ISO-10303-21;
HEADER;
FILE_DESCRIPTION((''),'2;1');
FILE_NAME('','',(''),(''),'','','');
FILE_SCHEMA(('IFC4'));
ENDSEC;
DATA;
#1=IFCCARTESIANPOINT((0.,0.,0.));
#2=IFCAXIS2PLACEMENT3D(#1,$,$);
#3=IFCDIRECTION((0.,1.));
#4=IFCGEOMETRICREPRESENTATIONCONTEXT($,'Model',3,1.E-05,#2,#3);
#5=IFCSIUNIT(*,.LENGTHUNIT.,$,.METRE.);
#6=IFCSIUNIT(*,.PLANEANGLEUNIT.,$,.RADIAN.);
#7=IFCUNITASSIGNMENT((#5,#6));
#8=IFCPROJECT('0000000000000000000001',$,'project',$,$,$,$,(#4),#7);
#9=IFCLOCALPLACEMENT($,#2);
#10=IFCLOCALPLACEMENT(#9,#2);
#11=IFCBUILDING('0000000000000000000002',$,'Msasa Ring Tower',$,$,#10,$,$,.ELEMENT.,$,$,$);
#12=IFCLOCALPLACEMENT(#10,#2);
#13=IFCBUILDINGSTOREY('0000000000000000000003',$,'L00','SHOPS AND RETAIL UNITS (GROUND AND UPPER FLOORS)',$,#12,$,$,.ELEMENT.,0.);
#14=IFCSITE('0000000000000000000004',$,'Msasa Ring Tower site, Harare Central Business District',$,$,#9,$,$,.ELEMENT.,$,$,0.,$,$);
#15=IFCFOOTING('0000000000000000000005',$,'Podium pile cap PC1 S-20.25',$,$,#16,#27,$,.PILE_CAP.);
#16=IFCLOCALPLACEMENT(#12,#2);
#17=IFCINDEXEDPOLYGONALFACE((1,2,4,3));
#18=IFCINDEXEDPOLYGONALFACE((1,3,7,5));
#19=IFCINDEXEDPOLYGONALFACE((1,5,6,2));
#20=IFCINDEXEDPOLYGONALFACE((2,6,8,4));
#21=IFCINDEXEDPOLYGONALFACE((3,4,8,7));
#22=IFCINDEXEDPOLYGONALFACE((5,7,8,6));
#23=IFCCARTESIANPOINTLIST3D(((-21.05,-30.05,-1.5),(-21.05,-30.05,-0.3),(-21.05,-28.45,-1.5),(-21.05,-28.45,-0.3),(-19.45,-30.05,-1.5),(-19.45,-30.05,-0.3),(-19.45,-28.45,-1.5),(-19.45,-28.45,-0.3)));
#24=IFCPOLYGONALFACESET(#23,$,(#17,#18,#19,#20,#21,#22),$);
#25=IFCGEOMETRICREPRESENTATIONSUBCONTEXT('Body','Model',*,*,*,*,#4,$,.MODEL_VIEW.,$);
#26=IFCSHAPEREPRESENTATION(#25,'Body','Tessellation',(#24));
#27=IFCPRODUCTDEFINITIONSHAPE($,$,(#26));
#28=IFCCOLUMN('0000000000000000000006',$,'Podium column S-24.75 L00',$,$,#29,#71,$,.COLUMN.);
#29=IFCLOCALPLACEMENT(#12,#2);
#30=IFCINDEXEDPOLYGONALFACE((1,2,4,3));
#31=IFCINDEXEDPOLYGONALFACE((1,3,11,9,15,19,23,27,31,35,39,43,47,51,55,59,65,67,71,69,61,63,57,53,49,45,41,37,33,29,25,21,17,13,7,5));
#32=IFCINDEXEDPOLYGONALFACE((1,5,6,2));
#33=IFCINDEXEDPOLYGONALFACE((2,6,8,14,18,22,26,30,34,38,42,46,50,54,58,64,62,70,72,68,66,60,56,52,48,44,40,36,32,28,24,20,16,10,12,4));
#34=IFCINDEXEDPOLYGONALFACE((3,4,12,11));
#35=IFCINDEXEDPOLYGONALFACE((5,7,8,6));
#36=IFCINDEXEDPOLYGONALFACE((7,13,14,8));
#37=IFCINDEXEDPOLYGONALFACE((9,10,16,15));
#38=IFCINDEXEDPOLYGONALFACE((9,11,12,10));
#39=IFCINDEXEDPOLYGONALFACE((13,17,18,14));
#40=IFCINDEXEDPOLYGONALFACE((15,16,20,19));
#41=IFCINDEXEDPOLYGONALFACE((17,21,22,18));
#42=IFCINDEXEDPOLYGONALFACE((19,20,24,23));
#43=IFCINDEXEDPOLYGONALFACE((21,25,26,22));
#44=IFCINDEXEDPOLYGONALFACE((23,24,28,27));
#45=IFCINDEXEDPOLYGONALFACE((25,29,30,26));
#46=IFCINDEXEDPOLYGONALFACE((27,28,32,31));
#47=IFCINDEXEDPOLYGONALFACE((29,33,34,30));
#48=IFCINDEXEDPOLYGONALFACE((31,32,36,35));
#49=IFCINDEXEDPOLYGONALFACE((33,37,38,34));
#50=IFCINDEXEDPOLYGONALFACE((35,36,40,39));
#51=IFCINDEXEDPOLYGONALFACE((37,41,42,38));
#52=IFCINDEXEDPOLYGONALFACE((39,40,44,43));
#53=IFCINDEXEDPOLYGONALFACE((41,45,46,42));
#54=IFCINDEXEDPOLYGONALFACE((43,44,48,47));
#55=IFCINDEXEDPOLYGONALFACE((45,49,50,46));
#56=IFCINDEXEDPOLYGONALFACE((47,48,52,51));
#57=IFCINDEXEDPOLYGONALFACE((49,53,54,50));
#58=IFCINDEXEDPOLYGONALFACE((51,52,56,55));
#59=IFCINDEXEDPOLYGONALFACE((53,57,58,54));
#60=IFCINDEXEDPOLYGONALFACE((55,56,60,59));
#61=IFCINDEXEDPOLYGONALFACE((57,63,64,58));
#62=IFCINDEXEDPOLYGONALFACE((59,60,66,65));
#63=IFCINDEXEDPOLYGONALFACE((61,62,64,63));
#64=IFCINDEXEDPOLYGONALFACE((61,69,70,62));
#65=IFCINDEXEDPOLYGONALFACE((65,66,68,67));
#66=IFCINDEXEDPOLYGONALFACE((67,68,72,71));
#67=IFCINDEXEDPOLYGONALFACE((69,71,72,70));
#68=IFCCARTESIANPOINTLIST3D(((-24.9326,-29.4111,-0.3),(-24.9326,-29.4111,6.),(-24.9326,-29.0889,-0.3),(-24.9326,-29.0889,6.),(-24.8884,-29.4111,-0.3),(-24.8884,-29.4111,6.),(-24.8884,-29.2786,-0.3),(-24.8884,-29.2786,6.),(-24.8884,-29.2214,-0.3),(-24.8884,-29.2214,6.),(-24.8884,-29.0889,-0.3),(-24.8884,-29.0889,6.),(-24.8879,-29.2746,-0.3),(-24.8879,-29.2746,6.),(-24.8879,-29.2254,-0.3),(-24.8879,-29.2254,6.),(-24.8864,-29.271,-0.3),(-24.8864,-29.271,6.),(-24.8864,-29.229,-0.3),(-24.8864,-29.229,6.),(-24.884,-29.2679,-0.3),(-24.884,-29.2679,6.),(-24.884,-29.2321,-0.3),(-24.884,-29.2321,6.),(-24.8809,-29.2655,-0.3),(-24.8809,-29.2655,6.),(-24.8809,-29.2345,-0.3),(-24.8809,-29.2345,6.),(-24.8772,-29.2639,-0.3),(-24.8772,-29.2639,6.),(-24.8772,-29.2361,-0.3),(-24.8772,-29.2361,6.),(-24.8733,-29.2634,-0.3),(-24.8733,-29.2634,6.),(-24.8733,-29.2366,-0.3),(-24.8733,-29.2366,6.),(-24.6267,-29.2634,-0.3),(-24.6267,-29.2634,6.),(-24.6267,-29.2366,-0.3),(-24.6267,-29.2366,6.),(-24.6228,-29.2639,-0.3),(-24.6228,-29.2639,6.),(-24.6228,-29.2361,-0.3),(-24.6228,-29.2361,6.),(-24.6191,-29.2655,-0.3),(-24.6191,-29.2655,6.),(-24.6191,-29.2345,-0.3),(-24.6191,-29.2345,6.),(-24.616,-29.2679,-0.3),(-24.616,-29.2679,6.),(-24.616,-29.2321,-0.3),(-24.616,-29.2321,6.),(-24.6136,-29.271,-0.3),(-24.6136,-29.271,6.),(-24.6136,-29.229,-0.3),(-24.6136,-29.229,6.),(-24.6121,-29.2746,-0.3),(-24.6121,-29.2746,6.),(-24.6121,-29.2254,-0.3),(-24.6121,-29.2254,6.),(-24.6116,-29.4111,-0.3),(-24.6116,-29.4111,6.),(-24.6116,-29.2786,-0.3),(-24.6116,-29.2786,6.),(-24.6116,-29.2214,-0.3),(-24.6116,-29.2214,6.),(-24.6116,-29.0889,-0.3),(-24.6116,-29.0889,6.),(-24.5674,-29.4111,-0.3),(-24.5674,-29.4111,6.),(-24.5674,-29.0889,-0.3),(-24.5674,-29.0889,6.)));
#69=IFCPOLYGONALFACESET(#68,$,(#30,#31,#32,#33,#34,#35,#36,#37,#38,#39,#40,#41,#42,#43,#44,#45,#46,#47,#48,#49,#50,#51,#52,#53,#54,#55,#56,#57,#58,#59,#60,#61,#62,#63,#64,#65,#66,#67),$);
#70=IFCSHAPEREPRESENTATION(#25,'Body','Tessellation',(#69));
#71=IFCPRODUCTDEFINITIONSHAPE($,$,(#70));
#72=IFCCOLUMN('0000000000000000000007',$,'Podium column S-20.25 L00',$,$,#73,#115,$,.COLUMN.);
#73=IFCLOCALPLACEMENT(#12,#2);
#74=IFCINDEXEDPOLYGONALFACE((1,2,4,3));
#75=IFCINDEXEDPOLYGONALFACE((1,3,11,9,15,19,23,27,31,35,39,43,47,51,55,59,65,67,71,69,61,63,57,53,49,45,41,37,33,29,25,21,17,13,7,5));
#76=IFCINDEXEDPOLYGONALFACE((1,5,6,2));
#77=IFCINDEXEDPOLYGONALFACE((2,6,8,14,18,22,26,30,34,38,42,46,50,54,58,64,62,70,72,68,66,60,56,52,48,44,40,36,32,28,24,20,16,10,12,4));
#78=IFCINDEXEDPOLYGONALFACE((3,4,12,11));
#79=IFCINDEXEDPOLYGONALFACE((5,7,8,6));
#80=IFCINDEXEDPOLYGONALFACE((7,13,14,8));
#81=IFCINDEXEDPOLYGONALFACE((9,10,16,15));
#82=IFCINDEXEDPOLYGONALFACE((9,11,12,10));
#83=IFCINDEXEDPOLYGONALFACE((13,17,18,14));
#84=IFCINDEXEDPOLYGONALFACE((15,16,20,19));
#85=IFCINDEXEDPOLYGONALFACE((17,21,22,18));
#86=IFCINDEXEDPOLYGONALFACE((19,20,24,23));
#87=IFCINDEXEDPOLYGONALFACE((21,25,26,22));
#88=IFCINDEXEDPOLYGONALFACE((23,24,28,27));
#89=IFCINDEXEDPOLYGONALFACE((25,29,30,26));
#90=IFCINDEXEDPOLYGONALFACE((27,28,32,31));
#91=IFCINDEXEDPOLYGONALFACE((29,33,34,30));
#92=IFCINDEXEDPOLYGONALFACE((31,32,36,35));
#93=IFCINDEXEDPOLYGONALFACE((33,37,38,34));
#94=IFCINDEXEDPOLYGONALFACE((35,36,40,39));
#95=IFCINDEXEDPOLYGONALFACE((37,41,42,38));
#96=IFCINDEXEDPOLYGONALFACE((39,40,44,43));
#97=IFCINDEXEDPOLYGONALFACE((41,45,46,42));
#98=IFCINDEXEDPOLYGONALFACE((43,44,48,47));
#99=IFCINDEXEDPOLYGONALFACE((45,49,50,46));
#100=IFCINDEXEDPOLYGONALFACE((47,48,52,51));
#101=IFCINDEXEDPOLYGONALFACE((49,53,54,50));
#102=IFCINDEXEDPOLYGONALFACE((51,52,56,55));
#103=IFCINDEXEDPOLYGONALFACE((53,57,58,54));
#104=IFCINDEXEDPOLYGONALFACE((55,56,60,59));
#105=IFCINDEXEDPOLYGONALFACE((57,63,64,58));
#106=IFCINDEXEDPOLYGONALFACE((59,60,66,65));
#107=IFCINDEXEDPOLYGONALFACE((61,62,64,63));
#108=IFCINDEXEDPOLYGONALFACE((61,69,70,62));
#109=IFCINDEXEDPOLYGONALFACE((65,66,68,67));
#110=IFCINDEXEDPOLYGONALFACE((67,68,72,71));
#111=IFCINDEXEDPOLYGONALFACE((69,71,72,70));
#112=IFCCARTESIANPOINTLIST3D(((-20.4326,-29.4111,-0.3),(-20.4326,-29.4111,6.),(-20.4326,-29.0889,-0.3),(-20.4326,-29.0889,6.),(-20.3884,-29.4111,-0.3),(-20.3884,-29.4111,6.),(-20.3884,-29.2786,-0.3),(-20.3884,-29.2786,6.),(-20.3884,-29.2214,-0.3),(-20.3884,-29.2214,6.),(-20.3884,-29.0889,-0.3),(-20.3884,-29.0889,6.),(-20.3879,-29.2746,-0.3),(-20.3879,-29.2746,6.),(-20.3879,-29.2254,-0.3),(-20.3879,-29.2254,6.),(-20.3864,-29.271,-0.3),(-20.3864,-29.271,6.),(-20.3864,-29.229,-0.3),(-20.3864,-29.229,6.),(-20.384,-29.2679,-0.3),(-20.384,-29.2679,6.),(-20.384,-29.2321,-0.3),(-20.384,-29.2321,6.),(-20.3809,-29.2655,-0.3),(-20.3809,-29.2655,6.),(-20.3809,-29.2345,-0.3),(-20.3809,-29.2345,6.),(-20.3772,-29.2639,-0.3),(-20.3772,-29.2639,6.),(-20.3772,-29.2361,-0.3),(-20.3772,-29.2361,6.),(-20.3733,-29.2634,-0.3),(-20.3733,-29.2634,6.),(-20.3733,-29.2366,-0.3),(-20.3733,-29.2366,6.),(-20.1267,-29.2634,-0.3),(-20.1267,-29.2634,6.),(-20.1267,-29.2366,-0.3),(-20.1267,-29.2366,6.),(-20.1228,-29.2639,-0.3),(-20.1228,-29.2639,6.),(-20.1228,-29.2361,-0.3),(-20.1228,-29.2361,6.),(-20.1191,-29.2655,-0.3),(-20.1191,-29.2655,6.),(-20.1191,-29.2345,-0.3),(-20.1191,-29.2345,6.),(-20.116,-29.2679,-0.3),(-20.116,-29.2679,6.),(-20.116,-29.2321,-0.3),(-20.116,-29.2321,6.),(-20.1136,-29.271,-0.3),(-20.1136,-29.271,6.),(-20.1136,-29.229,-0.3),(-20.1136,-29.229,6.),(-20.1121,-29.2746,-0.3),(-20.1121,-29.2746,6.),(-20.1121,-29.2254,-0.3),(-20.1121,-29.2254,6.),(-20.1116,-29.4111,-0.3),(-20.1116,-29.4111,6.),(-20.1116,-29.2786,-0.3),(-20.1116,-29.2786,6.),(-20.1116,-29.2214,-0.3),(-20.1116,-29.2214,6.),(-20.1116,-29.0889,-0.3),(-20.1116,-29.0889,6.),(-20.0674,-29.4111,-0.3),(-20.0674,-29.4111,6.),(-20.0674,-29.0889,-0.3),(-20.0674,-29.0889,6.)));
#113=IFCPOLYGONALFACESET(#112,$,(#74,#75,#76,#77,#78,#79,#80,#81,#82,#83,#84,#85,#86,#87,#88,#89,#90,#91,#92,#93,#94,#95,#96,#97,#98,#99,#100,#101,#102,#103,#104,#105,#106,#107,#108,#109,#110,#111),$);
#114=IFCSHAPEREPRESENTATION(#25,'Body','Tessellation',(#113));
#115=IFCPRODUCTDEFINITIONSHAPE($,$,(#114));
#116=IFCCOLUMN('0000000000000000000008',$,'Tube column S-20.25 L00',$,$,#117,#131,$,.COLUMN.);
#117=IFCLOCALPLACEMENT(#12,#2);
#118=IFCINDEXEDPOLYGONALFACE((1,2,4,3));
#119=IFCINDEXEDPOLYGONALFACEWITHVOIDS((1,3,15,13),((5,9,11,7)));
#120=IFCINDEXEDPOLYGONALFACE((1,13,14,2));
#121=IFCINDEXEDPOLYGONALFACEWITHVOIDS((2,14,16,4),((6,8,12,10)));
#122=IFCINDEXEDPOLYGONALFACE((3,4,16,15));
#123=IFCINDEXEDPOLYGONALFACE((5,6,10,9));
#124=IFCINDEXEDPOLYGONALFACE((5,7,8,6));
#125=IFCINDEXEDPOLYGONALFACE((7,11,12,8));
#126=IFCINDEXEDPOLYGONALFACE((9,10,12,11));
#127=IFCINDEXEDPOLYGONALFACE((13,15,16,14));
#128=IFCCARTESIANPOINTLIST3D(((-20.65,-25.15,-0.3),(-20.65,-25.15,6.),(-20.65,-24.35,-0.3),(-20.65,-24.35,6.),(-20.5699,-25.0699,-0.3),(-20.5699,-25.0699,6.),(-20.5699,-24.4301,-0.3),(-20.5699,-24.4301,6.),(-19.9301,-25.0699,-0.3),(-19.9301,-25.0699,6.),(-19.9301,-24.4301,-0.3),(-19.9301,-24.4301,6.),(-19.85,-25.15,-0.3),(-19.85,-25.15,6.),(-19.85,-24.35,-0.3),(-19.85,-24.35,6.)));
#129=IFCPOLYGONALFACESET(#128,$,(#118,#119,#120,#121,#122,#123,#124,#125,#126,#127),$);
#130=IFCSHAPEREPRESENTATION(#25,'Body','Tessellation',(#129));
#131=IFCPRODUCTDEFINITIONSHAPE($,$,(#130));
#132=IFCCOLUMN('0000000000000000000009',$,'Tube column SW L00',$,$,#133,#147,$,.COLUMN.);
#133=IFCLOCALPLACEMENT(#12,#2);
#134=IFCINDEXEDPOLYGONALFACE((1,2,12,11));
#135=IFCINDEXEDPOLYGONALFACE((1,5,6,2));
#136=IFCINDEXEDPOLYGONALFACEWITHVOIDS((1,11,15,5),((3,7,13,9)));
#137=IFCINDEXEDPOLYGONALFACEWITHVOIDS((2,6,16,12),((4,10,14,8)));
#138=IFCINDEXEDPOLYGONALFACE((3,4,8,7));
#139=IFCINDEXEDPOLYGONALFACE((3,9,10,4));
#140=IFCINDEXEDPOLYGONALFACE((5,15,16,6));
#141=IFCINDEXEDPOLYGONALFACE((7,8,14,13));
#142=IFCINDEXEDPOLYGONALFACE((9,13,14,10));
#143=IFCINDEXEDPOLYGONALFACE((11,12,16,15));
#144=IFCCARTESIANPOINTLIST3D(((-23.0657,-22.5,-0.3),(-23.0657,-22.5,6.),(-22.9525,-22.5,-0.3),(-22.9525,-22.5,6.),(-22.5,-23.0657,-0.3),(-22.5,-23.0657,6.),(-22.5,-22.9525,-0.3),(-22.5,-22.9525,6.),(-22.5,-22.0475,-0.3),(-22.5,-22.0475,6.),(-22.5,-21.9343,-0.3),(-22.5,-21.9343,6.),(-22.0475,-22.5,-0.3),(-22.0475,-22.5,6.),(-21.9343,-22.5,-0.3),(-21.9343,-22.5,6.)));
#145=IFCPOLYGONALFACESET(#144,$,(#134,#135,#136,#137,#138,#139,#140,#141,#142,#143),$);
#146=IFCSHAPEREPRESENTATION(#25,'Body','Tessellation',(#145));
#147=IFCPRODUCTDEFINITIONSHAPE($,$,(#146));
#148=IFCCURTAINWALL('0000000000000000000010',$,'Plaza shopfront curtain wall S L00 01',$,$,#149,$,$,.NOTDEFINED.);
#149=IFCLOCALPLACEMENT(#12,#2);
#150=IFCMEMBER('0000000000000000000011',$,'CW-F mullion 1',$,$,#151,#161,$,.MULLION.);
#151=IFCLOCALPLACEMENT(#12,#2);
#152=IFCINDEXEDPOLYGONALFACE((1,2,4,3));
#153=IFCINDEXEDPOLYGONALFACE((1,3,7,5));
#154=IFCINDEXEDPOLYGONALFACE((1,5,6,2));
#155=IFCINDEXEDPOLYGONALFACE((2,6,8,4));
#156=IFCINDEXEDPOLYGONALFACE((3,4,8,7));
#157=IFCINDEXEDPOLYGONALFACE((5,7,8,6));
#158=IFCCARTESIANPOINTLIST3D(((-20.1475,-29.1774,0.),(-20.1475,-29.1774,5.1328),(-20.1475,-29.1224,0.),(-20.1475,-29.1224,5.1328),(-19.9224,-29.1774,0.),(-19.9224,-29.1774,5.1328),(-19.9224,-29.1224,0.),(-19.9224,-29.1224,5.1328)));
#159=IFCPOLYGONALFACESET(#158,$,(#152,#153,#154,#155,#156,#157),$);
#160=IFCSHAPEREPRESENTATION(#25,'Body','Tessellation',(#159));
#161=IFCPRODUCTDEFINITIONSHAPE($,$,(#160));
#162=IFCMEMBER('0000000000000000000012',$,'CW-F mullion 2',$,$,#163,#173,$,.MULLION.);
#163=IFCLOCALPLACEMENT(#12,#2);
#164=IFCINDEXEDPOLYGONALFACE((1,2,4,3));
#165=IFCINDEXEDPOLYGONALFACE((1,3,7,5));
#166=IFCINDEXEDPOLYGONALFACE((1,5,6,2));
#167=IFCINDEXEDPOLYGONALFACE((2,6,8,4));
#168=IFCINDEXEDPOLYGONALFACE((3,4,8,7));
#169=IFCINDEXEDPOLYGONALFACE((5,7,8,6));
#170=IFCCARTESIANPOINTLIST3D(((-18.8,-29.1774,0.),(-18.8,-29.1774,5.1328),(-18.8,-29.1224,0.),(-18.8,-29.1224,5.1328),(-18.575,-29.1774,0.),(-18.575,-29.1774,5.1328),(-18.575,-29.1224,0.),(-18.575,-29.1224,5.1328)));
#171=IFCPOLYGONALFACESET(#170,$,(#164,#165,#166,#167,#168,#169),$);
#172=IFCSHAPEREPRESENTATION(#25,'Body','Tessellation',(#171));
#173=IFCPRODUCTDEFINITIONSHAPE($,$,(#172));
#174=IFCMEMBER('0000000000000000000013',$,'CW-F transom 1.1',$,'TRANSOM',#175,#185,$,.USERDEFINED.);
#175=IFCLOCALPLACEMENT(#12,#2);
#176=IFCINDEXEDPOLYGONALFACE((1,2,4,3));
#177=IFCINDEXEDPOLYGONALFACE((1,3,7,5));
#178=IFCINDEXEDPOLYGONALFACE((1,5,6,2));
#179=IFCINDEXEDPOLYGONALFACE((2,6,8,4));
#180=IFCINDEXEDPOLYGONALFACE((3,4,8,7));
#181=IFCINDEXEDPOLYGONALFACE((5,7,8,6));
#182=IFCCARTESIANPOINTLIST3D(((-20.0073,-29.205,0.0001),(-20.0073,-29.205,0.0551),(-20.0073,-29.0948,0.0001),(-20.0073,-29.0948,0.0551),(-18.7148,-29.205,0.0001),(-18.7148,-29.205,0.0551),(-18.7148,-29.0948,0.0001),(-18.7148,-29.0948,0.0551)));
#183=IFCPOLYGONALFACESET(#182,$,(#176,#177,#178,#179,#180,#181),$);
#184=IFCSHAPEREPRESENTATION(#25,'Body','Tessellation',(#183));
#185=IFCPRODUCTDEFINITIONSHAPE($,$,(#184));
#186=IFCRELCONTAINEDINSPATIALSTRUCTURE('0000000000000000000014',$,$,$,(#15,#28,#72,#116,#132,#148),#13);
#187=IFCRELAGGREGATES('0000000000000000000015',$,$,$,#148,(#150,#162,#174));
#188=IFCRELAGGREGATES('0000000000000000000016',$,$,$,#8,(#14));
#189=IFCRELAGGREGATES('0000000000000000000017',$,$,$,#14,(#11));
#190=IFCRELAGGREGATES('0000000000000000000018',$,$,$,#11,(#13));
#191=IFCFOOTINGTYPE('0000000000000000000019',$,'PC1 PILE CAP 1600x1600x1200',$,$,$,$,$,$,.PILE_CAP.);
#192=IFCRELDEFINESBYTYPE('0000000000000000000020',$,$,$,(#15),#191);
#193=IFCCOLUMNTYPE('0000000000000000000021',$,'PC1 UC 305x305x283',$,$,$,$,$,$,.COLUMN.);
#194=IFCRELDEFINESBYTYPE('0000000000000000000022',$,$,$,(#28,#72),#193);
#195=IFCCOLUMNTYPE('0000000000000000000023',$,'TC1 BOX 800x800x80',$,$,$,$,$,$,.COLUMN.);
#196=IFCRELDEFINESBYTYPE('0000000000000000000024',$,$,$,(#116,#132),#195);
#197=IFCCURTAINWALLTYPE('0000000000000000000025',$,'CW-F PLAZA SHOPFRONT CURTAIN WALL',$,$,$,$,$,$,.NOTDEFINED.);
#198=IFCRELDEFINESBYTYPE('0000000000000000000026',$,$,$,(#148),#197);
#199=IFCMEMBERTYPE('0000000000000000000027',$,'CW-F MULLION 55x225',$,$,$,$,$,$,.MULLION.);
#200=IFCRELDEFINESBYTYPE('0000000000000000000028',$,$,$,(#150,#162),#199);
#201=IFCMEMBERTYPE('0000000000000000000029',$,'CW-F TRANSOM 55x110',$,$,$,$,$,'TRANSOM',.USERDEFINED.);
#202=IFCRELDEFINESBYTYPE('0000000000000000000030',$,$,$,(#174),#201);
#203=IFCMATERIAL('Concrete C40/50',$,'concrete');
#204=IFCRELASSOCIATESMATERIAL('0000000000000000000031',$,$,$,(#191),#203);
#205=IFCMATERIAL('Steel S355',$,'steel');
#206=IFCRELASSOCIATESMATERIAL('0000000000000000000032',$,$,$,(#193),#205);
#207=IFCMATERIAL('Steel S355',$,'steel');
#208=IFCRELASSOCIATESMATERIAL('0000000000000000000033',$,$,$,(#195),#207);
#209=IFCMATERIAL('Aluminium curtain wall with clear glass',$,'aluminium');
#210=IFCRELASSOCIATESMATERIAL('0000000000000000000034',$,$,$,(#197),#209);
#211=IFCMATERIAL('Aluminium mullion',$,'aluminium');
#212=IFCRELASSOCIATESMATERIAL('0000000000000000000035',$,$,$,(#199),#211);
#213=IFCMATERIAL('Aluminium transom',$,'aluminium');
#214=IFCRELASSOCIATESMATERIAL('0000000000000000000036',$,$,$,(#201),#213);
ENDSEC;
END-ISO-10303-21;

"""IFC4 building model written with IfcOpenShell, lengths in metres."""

from ifc_helpers import new_model, si_unit, direction, frame, origin, origin_2d, place, context, subcontext, project, spatial, rectangle, hollow_rectangle, i_section, extrude, material, material_profile, profile_set, type_object, element, aggregate, save


model = new_model("IFC4")

# Units and contexts
model_context = context("Model", 3, precision=1e-05, world=origin(), true_north=direction((0.0, 1.0)))
body_context = subcontext(model_context, "Body", "Model", "MODEL_VIEW")
ifc_project = project(units=[si_unit("LENGTHUNIT", "METRE"), si_unit("PLANEANGLEUNIT", "RADIAN")], contexts=[model_context])

# Site, building, storey
site_placement = place(None, origin())
site = spatial("IfcSite", under=ifc_project, at=site_placement, Name="Msasa Ring Tower site, Harare Central Business District", CompositionType="ELEMENT", RefElevation=0.0)
building_placement = place(site_placement, origin())
building = spatial("IfcBuilding", under=site, at=building_placement, Name="Msasa Ring Tower", CompositionType="ELEMENT")
storey_placement = place(building_placement, origin())
storey = spatial("IfcBuildingStorey", under=building, at=storey_placement, Name="L00", Description="SHOPS AND RETAIL UNITS (GROUND AND UPPER FLOORS)", CompositionType="ELEMENT", Elevation=0.0)

# Footing
ifc_material_1 = material(Name="Concrete C40/50", Category="concrete")
footing_type = type_object("IfcFootingType", Name="PC1 PILE CAP 1600x1600x1200", PredefinedType="PILE_CAP", material=ifc_material_1)
for number, where, z_axis, x_axis, name in (
    (1, (-20.25, -29.25, -1.5), (0.0, 0.0, 1.0), (1.0, 0.0, 0.0), "Podium pile cap PC1 S-20.25"),
):
    element("IfcFooting", number, at=place(storey_placement, frame(where, z_axis=z_axis, x_axis=x_axis)), inside=storey, type_object=footing_type, Name=name, PredefinedType="PILE_CAP", context=body_context, shape_type="SweptSolid", body=[
        extrude(rectangle(XDim=1.6001, YDim=1.6001, at=origin_2d()), origin(), (0.0, 0.0, 1.0), 1.2),
    ])

# Columns
ifc_material_2 = material(Name="Steel S355", Category="steel")
ifc_material_profile_1 = material_profile(ifc_material_2, i_section(OverallWidth=0.3223, OverallDepth=0.3652, WebThickness=0.0269, FlangeThickness=0.0442, FilletRadius=0.0151, at=origin_2d()), Name="UC 305x305x283")
ifc_profile_set_1 = profile_set([ifc_material_profile_1], Name="Steel S355")
column_type_1 = type_object("IfcColumnType", Name="PC1 UC 305x305x283", PredefinedType="COLUMN", material=ifc_profile_set_1)
for number, where, z_axis, x_axis, name in (
    (2, (-24.75, -29.25, -0.3), (0.0, 0.0, 1.0), (0.0, 1.0, 0.0), "Podium column S-24.75 L00"),
    (3, (-20.25, -29.25, -0.3), (0.0, 0.0, 1.0), (0.0, 1.0, 0.0), "Podium column S-20.25 L00"),
):
    element("IfcColumn", number, at=place(storey_placement, frame(where, z_axis=z_axis, x_axis=x_axis)), inside=storey, type_object=column_type_1, Name=name, PredefinedType="COLUMN", context=body_context, shape_type="SweptSolid", body=[
        extrude(i_section(OverallWidth=0.3223, OverallDepth=0.3652, WebThickness=0.0269, FlangeThickness=0.0442, FilletRadius=0.0151, at=origin_2d()), origin(), (0.0, 0.0, 1.0), 6.3),
    ])
ifc_material_3 = material(Name="Steel S355", Category="steel")
ifc_material_profile_2 = material_profile(ifc_material_3, hollow_rectangle(XDim=0.8, YDim=0.8, WallThickness=0.0801, at=origin_2d()), Name="BOX 800x800x80")
ifc_profile_set_2 = profile_set([ifc_material_profile_2], Name="Steel S355")
column_type_2 = type_object("IfcColumnType", Name="TC1 BOX 800x800x80", PredefinedType="COLUMN", material=ifc_profile_set_2)
for number, where, z_axis, x_axis, name in (
    (4, (-20.25, -24.75, -0.3), (0.0, 0.0, 1.0), (0.0, 1.0, 0.0), "Tube column S-20.25 L00"),
    (5, (-22.5, -22.5, -0.3), (0.0, 0.0, 1.0), (0.707107, 0.707107, 0.0), "Tube column SW L00"),
):
    element("IfcColumn", number, at=place(storey_placement, frame(where, z_axis=z_axis, x_axis=x_axis)), inside=storey, type_object=column_type_2, Name=name, PredefinedType="COLUMN", context=body_context, shape_type="SweptSolid", body=[
        extrude(hollow_rectangle(XDim=0.8, YDim=0.8, WallThickness=0.0801, at=origin_2d()), origin(), (0.0, 0.0, 1.0), 6.3),
    ])

# Curtain wall, members
ifc_material_4 = material(Name="Aluminium curtain wall with clear glass", Category="aluminium")
curtain_wall_type_1 = type_object("IfcCurtainWallType", Name="CW-F PLAZA SHOPFRONT CURTAIN WALL", PredefinedType="NOTDEFINED", material=ifc_material_4)
curtain_wall_1_placement = place(storey_placement, origin())
curtain_wall_1 = element("IfcCurtainWall", 6, at=curtain_wall_1_placement, inside=storey, type_object=curtain_wall_type_1, Name="Plaza shopfront curtain wall S L00 01", PredefinedType="NOTDEFINED")
ifc_material_5 = material(Name="Aluminium mullion", Category="aluminium")
ifc_material_profile_3 = material_profile(ifc_material_5, rectangle(XDim=0.0549, YDim=0.2251, at=origin_2d()), Name="AL 55x225")
ifc_profile_set_3 = profile_set([ifc_material_profile_3], Name="Aluminium mullion")
member_type_1 = type_object("IfcMemberType", Name="CW-F MULLION 55x225", PredefinedType="MULLION", material=ifc_profile_set_3)
member_1_placement = place(storey_placement, frame((-20.0349, -29.1499, 0.0), z_axis=(0.0, 0.0, 1.0), x_axis=(0.0, 1.0, 0.0)))
member_1 = element("IfcMember", 7, at=member_1_placement, type_object=member_type_1, Name="CW-F mullion 1", PredefinedType="MULLION", context=body_context, shape_type="SweptSolid", body=[
    extrude(rectangle(XDim=0.0549, YDim=0.2251, at=origin_2d()), origin(), (0.0, 0.0, 1.0), 5.1328),
])
member_2_placement = place(storey_placement, frame((-18.6875, -29.1499, 0.0), z_axis=(0.0, 0.0, 1.0), x_axis=(0.0, 1.0, 0.0)))
member_2 = element("IfcMember", 8, at=member_2_placement, type_object=member_type_1, Name="CW-F mullion 2", PredefinedType="MULLION", context=body_context, shape_type="SweptSolid", body=[
    extrude(rectangle(XDim=0.0549, YDim=0.2251, at=origin_2d()), origin(), (0.0, 0.0, 1.0), 5.1328),
])
ifc_material_6 = material(Name="Aluminium transom", Category="aluminium")
ifc_material_profile_4 = material_profile(ifc_material_6, rectangle(XDim=0.1101, YDim=0.0549, at=origin_2d()), Name="AL 55x110")
ifc_profile_set_4 = profile_set([ifc_material_profile_4], Name="Aluminium transom")
member_type_2 = type_object("IfcMemberType", Name="CW-F TRANSOM 55x110", ElementType="TRANSOM", PredefinedType="USERDEFINED", material=ifc_profile_set_4)
member_3_placement = place(storey_placement, frame((-20.0073, -29.1499, 0.0276), z_axis=(1.0, 0.0, 0.0), x_axis=(0.0, 1.0, 0.0)))
member_3 = element("IfcMember", 9, at=member_3_placement, type_object=member_type_2, Name="CW-F transom 1.1", ObjectType="TRANSOM", PredefinedType="USERDEFINED", context=body_context, shape_type="SweptSolid", body=[
    extrude(rectangle(XDim=0.1101, YDim=0.0549, at=origin_2d()), origin(), (0.0, 0.0, 1.0), 1.2925),
])

aggregate(curtain_wall_1, [member_1, member_2, member_3])

save(model, "model.ifc")
